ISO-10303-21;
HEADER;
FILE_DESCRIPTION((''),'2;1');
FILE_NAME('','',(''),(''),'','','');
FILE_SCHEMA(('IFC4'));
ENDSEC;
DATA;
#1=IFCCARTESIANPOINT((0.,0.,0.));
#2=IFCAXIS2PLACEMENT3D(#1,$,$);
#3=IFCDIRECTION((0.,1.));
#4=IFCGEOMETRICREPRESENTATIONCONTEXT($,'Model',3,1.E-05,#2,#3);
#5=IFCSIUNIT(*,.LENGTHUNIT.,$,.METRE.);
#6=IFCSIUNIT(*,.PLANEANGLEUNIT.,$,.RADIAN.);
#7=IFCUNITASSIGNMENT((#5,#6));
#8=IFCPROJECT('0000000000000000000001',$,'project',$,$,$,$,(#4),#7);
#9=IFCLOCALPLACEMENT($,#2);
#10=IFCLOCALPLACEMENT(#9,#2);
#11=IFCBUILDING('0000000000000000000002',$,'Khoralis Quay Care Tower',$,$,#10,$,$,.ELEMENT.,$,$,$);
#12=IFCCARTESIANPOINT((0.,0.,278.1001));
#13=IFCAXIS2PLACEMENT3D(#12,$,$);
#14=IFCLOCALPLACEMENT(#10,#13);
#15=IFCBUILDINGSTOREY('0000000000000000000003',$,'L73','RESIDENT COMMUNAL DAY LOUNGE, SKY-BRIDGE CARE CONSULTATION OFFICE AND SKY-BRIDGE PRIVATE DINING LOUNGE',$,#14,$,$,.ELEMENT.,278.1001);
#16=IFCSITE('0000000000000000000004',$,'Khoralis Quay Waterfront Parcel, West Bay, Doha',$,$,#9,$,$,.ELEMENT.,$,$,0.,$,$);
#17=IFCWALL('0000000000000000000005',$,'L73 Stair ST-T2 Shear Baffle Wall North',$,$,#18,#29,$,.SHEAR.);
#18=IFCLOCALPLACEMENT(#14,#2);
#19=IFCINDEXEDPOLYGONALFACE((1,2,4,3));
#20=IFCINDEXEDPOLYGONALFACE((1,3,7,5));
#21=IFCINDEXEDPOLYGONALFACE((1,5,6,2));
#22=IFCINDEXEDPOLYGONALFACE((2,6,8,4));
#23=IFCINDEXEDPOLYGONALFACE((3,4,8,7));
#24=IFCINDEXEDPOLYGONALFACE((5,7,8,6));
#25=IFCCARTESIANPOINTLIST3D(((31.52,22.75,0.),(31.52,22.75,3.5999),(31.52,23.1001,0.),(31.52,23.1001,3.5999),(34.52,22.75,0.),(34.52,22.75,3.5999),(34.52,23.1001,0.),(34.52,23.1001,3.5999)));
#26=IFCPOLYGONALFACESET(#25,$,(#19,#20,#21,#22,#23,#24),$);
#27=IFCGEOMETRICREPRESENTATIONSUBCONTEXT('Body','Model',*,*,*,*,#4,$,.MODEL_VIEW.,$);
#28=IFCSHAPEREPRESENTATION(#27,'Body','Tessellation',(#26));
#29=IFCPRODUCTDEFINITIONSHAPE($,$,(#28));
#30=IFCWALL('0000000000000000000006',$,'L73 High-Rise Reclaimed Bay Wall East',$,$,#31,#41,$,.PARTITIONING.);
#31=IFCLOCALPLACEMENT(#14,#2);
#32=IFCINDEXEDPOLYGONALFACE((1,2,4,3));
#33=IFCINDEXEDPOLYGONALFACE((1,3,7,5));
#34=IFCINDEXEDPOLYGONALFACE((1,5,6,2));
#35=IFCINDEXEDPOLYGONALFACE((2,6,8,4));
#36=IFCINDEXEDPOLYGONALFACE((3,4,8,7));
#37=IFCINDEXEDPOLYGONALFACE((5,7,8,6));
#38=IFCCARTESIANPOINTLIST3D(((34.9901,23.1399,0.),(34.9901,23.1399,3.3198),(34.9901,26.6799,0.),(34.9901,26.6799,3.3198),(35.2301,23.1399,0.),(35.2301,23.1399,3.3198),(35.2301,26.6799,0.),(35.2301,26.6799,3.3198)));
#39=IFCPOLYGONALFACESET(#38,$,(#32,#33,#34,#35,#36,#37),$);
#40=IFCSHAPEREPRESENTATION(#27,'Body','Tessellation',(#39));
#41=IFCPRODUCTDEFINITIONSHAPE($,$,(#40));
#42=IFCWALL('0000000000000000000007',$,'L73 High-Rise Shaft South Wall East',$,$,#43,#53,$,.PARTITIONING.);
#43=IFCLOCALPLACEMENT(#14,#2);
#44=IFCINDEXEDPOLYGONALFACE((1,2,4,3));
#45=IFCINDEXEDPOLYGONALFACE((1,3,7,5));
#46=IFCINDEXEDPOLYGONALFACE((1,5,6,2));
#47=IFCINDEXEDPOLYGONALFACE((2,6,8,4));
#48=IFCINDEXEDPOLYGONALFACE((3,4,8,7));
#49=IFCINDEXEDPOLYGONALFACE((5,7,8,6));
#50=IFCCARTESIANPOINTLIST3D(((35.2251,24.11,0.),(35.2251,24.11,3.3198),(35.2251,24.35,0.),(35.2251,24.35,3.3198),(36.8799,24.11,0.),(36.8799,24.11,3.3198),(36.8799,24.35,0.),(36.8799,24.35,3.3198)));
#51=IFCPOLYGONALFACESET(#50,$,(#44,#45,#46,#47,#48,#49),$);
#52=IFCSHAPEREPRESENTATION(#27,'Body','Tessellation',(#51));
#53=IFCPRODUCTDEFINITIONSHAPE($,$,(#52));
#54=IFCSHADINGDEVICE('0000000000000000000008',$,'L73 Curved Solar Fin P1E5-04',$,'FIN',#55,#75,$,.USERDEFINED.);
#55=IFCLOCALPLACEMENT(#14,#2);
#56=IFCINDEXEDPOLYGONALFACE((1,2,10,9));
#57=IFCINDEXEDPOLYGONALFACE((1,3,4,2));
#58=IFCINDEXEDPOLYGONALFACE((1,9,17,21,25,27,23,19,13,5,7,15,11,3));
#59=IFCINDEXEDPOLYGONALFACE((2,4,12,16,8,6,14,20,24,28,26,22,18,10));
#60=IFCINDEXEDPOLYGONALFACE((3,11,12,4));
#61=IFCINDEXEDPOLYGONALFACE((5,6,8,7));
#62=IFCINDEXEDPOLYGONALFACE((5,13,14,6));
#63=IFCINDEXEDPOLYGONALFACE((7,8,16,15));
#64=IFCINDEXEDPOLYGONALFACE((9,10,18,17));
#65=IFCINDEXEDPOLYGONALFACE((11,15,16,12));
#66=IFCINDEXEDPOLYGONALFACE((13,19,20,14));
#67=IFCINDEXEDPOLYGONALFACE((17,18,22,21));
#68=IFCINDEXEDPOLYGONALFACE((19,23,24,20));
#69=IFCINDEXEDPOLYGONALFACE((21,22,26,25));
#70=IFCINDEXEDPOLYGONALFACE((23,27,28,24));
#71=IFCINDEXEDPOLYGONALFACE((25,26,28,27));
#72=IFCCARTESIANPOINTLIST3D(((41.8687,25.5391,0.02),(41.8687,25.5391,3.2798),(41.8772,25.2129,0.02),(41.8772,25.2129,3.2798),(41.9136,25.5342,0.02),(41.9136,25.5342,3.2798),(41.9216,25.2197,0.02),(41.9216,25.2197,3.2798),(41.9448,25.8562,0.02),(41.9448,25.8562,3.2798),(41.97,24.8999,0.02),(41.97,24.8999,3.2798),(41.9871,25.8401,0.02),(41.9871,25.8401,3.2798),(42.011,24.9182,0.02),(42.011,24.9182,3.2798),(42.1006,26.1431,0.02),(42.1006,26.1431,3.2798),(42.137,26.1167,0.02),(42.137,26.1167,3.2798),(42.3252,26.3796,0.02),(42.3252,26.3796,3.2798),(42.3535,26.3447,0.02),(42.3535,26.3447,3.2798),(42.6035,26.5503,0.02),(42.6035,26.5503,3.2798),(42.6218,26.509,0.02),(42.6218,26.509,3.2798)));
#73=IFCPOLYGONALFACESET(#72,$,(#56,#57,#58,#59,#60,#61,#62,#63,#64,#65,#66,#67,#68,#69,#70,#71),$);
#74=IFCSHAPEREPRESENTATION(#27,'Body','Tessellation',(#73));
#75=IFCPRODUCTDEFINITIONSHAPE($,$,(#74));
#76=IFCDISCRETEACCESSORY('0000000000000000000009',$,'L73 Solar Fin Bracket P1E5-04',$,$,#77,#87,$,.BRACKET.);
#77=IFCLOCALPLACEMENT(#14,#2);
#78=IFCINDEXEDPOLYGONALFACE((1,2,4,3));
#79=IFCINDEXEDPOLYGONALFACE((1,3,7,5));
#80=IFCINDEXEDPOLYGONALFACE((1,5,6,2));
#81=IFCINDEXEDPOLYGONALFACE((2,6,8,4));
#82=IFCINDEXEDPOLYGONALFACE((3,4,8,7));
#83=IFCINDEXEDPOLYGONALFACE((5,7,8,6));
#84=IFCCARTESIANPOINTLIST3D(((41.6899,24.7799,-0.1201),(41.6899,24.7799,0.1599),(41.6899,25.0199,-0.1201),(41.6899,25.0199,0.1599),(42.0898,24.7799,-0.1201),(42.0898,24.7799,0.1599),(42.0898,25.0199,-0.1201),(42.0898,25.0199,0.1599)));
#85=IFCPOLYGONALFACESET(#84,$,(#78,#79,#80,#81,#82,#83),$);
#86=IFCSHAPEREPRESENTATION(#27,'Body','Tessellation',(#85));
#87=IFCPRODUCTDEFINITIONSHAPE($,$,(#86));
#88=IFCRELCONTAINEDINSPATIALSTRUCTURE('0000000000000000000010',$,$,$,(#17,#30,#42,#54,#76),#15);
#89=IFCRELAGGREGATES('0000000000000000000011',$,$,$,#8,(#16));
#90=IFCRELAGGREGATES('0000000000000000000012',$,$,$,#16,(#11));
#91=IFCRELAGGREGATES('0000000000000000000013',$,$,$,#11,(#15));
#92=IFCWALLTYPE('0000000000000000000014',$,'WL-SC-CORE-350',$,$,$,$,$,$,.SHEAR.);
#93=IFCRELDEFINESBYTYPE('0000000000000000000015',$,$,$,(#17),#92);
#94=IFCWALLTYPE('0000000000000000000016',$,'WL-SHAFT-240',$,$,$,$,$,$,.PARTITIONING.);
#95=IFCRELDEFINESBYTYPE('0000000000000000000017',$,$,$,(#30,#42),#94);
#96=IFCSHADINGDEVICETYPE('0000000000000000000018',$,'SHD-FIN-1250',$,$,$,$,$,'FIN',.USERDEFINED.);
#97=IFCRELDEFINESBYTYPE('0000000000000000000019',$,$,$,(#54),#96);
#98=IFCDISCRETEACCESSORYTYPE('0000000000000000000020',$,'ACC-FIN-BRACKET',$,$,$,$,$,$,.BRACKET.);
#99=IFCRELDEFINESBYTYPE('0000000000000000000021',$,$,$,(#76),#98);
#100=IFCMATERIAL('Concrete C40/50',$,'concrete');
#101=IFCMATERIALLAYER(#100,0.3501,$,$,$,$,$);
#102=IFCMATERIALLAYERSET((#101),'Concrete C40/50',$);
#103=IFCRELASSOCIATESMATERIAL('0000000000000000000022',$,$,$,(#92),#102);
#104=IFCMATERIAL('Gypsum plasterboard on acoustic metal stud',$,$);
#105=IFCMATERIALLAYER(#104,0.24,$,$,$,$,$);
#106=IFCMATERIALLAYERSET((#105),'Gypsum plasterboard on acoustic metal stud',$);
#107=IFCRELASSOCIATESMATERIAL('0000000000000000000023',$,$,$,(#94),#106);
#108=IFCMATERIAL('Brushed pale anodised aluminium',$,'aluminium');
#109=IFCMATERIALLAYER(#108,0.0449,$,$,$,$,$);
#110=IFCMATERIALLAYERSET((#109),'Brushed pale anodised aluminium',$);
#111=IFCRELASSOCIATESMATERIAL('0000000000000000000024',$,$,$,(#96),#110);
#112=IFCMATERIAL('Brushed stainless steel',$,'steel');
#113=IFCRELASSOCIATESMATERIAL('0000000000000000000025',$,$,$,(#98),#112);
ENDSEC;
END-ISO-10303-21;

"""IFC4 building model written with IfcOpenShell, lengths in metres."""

from ifc_helpers import new_model, si_unit, direction, frame, frame_2d, origin, origin_2d, place, context, subcontext, project, spatial, polyline, rectangle, outline, extrude, source, transform, mapped, material, layer, layer_set, type_object, element, save


model = new_model("IFC4")

# Units and contexts
model_context = context("Model", 3, precision=1e-05, world=origin(), true_north=direction((0.0, 1.0)))
body_context = subcontext(model_context, "Body", "Model", "MODEL_VIEW")
ifc_project = project(units=[si_unit("LENGTHUNIT", "METRE"), si_unit("PLANEANGLEUNIT", "RADIAN")], contexts=[model_context])

# Site, building, storey
site_placement = place(None, origin())
site = spatial("IfcSite", under=ifc_project, at=site_placement, Name="Khoralis Quay Waterfront Parcel, West Bay, Doha", CompositionType="ELEMENT", RefElevation=0.0)
building_placement = place(site_placement, origin())
building = spatial("IfcBuilding", under=site, at=building_placement, Name="Khoralis Quay Care Tower", CompositionType="ELEMENT")
storey_placement = place(building_placement, frame((0.0, 0.0, 278.1001)))
storey = spatial("IfcBuildingStorey", under=building, at=storey_placement, Name="L73", Description="RESIDENT COMMUNAL DAY LOUNGE, SKY-BRIDGE CARE CONSULTATION OFFICE AND SKY-BRIDGE PRIVATE DINING LOUNGE", CompositionType="ELEMENT", Elevation=278.1001)

# Shared definitions
ifc_material_1 = material(Name="Brushed stainless steel", Category="steel")

# Walls
ifc_material_2 = material(Name="Concrete C40/50", Category="concrete")
ifc_layer_1 = layer(ifc_material_2, 0.3501)
ifc_layer_set_1 = layer_set([ifc_layer_1], Name="Concrete C40/50")
wall_type_1 = type_object("IfcWallType", Name="WL-SC-CORE-350", PredefinedType="SHEAR", material=ifc_layer_set_1)
wall_1_placement = place(storey_placement, frame((31.52, 22.925, 0.0), z_axis=(0.0, 0.0, 1.0), x_axis=(1.0, 0.0, 0.0)))
element("IfcWall", 1, at=wall_1_placement, inside=storey, type_object=wall_type_1, Name="L73 Stair ST-T2 Shear Baffle Wall North", PredefinedType="SHEAR", context=body_context, shape_type="SweptSolid", body=[
    extrude(rectangle(XDim=3.0, YDim=0.3501, at=frame_2d((1.5, 0.0))), origin(), (0.0, 0.0, 1.0), 3.5999),
])
ifc_material_3 = material(Name="Gypsum plasterboard on acoustic metal stud")
ifc_layer_2 = layer(ifc_material_3, 0.24)
ifc_layer_set_2 = layer_set([ifc_layer_2], Name="Gypsum plasterboard on acoustic metal stud")
wall_type_2 = type_object("IfcWallType", Name="WL-SHAFT-240", PredefinedType="PARTITIONING", material=ifc_layer_set_2)
wall_2_placement = place(storey_placement, frame((35.1101, 23.1399, 0.0), z_axis=(0.0, 0.0, 1.0), x_axis=(0.0, 1.0, 0.0)))
element("IfcWall", 2, at=wall_2_placement, inside=storey, type_object=wall_type_2, Name="L73 High-Rise Reclaimed Bay Wall East", PredefinedType="PARTITIONING", context=body_context, shape_type="SweptSolid", body=[
    extrude(rectangle(XDim=3.54, YDim=0.24, at=frame_2d((1.77, 0.0))), origin(), (0.0, 0.0, 1.0), 3.3198),
])
wall_3_placement = place(storey_placement, frame((35.2251, 24.23, 0.0), z_axis=(0.0, 0.0, 1.0), x_axis=(1.0, 0.0, 0.0)))
element("IfcWall", 3, at=wall_3_placement, inside=storey, type_object=wall_type_2, Name="L73 High-Rise Shaft South Wall East", PredefinedType="PARTITIONING", context=body_context, shape_type="SweptSolid", body=[
    extrude(rectangle(XDim=1.6548, YDim=0.24, at=frame_2d((0.8274, 0.0))), origin(), (0.0, 0.0, 1.0), 3.3198),
])

# Shading device
ifc_material_4 = material(Name="Brushed pale anodised aluminium", Category="aluminium")
ifc_layer_3 = layer(ifc_material_4, 0.0449)
ifc_layer_set_3 = layer_set([ifc_layer_3], Name="Brushed pale anodised aluminium")
shading_device_type = type_object("IfcShadingDeviceType", Name="SHD-FIN-1250", ElementType="FIN", PredefinedType="USERDEFINED", material=ifc_layer_set_3)
shared_shape_1 = source(origin(), body_context, "Body", "SweptSolid", [
    extrude(outline(polyline([(0.0, 0.0), (-0.0928, 0.313), (-0.1013, 0.6392), (-0.0251, 0.9563), (0.1306, 1.2432), (0.3552, 1.4797), (0.6335, 1.6504), (0.6519, 1.6091), (0.3835, 1.4448), (0.167, 1.2168), (0.0171, 0.9402), (-0.0564, 0.6343), (-0.0483, 0.3198), (0.041, 0.0183), (0.0, 0.0)])), origin(), (0.0, 0.0, 1.0), 3.2598),
])
shading_device_placement = place(storey_placement, frame((41.97, 24.8999, 0.02), z_axis=(0.0, 0.0, 1.0), x_axis=(1.0, 0.0, 0.0)))
element("IfcShadingDevice", 4, at=shading_device_placement, inside=storey, type_object=shading_device_type, Name="L73 Curved Solar Fin P1E5-04", ObjectType="FIN", PredefinedType="USERDEFINED", context=body_context, shape_type="MappedRepresentation", body=[
    mapped(shared_shape_1, transform((0.0, 0.0, 0.0), scale=1.0)),
])

# Discrete accessory
discrete_accessory_type = type_object("IfcDiscreteAccessoryType", Name="ACC-FIN-BRACKET", PredefinedType="BRACKET", material=ifc_material_1)
shared_shape_2 = source(origin(), body_context, "Body", "SweptSolid", [
    extrude(rectangle(XDim=0.3999, YDim=0.24, at=origin_2d()), origin(), (0.0, 0.0, 1.0), 0.28),
])
discrete_accessory_placement = place(storey_placement, frame((41.8899, 24.8999, -0.1201), z_axis=(0.0, 0.0, 1.0), x_axis=(1.0, 0.0, 0.0)))
element("IfcDiscreteAccessory", 5, at=discrete_accessory_placement, inside=storey, type_object=discrete_accessory_type, Name="L73 Solar Fin Bracket P1E5-04", PredefinedType="BRACKET", context=body_context, shape_type="MappedRepresentation", body=[
    mapped(shared_shape_2, transform((0.0, 0.0, 0.0), scale=1.0)),
])

save(model, "model.ifc")
